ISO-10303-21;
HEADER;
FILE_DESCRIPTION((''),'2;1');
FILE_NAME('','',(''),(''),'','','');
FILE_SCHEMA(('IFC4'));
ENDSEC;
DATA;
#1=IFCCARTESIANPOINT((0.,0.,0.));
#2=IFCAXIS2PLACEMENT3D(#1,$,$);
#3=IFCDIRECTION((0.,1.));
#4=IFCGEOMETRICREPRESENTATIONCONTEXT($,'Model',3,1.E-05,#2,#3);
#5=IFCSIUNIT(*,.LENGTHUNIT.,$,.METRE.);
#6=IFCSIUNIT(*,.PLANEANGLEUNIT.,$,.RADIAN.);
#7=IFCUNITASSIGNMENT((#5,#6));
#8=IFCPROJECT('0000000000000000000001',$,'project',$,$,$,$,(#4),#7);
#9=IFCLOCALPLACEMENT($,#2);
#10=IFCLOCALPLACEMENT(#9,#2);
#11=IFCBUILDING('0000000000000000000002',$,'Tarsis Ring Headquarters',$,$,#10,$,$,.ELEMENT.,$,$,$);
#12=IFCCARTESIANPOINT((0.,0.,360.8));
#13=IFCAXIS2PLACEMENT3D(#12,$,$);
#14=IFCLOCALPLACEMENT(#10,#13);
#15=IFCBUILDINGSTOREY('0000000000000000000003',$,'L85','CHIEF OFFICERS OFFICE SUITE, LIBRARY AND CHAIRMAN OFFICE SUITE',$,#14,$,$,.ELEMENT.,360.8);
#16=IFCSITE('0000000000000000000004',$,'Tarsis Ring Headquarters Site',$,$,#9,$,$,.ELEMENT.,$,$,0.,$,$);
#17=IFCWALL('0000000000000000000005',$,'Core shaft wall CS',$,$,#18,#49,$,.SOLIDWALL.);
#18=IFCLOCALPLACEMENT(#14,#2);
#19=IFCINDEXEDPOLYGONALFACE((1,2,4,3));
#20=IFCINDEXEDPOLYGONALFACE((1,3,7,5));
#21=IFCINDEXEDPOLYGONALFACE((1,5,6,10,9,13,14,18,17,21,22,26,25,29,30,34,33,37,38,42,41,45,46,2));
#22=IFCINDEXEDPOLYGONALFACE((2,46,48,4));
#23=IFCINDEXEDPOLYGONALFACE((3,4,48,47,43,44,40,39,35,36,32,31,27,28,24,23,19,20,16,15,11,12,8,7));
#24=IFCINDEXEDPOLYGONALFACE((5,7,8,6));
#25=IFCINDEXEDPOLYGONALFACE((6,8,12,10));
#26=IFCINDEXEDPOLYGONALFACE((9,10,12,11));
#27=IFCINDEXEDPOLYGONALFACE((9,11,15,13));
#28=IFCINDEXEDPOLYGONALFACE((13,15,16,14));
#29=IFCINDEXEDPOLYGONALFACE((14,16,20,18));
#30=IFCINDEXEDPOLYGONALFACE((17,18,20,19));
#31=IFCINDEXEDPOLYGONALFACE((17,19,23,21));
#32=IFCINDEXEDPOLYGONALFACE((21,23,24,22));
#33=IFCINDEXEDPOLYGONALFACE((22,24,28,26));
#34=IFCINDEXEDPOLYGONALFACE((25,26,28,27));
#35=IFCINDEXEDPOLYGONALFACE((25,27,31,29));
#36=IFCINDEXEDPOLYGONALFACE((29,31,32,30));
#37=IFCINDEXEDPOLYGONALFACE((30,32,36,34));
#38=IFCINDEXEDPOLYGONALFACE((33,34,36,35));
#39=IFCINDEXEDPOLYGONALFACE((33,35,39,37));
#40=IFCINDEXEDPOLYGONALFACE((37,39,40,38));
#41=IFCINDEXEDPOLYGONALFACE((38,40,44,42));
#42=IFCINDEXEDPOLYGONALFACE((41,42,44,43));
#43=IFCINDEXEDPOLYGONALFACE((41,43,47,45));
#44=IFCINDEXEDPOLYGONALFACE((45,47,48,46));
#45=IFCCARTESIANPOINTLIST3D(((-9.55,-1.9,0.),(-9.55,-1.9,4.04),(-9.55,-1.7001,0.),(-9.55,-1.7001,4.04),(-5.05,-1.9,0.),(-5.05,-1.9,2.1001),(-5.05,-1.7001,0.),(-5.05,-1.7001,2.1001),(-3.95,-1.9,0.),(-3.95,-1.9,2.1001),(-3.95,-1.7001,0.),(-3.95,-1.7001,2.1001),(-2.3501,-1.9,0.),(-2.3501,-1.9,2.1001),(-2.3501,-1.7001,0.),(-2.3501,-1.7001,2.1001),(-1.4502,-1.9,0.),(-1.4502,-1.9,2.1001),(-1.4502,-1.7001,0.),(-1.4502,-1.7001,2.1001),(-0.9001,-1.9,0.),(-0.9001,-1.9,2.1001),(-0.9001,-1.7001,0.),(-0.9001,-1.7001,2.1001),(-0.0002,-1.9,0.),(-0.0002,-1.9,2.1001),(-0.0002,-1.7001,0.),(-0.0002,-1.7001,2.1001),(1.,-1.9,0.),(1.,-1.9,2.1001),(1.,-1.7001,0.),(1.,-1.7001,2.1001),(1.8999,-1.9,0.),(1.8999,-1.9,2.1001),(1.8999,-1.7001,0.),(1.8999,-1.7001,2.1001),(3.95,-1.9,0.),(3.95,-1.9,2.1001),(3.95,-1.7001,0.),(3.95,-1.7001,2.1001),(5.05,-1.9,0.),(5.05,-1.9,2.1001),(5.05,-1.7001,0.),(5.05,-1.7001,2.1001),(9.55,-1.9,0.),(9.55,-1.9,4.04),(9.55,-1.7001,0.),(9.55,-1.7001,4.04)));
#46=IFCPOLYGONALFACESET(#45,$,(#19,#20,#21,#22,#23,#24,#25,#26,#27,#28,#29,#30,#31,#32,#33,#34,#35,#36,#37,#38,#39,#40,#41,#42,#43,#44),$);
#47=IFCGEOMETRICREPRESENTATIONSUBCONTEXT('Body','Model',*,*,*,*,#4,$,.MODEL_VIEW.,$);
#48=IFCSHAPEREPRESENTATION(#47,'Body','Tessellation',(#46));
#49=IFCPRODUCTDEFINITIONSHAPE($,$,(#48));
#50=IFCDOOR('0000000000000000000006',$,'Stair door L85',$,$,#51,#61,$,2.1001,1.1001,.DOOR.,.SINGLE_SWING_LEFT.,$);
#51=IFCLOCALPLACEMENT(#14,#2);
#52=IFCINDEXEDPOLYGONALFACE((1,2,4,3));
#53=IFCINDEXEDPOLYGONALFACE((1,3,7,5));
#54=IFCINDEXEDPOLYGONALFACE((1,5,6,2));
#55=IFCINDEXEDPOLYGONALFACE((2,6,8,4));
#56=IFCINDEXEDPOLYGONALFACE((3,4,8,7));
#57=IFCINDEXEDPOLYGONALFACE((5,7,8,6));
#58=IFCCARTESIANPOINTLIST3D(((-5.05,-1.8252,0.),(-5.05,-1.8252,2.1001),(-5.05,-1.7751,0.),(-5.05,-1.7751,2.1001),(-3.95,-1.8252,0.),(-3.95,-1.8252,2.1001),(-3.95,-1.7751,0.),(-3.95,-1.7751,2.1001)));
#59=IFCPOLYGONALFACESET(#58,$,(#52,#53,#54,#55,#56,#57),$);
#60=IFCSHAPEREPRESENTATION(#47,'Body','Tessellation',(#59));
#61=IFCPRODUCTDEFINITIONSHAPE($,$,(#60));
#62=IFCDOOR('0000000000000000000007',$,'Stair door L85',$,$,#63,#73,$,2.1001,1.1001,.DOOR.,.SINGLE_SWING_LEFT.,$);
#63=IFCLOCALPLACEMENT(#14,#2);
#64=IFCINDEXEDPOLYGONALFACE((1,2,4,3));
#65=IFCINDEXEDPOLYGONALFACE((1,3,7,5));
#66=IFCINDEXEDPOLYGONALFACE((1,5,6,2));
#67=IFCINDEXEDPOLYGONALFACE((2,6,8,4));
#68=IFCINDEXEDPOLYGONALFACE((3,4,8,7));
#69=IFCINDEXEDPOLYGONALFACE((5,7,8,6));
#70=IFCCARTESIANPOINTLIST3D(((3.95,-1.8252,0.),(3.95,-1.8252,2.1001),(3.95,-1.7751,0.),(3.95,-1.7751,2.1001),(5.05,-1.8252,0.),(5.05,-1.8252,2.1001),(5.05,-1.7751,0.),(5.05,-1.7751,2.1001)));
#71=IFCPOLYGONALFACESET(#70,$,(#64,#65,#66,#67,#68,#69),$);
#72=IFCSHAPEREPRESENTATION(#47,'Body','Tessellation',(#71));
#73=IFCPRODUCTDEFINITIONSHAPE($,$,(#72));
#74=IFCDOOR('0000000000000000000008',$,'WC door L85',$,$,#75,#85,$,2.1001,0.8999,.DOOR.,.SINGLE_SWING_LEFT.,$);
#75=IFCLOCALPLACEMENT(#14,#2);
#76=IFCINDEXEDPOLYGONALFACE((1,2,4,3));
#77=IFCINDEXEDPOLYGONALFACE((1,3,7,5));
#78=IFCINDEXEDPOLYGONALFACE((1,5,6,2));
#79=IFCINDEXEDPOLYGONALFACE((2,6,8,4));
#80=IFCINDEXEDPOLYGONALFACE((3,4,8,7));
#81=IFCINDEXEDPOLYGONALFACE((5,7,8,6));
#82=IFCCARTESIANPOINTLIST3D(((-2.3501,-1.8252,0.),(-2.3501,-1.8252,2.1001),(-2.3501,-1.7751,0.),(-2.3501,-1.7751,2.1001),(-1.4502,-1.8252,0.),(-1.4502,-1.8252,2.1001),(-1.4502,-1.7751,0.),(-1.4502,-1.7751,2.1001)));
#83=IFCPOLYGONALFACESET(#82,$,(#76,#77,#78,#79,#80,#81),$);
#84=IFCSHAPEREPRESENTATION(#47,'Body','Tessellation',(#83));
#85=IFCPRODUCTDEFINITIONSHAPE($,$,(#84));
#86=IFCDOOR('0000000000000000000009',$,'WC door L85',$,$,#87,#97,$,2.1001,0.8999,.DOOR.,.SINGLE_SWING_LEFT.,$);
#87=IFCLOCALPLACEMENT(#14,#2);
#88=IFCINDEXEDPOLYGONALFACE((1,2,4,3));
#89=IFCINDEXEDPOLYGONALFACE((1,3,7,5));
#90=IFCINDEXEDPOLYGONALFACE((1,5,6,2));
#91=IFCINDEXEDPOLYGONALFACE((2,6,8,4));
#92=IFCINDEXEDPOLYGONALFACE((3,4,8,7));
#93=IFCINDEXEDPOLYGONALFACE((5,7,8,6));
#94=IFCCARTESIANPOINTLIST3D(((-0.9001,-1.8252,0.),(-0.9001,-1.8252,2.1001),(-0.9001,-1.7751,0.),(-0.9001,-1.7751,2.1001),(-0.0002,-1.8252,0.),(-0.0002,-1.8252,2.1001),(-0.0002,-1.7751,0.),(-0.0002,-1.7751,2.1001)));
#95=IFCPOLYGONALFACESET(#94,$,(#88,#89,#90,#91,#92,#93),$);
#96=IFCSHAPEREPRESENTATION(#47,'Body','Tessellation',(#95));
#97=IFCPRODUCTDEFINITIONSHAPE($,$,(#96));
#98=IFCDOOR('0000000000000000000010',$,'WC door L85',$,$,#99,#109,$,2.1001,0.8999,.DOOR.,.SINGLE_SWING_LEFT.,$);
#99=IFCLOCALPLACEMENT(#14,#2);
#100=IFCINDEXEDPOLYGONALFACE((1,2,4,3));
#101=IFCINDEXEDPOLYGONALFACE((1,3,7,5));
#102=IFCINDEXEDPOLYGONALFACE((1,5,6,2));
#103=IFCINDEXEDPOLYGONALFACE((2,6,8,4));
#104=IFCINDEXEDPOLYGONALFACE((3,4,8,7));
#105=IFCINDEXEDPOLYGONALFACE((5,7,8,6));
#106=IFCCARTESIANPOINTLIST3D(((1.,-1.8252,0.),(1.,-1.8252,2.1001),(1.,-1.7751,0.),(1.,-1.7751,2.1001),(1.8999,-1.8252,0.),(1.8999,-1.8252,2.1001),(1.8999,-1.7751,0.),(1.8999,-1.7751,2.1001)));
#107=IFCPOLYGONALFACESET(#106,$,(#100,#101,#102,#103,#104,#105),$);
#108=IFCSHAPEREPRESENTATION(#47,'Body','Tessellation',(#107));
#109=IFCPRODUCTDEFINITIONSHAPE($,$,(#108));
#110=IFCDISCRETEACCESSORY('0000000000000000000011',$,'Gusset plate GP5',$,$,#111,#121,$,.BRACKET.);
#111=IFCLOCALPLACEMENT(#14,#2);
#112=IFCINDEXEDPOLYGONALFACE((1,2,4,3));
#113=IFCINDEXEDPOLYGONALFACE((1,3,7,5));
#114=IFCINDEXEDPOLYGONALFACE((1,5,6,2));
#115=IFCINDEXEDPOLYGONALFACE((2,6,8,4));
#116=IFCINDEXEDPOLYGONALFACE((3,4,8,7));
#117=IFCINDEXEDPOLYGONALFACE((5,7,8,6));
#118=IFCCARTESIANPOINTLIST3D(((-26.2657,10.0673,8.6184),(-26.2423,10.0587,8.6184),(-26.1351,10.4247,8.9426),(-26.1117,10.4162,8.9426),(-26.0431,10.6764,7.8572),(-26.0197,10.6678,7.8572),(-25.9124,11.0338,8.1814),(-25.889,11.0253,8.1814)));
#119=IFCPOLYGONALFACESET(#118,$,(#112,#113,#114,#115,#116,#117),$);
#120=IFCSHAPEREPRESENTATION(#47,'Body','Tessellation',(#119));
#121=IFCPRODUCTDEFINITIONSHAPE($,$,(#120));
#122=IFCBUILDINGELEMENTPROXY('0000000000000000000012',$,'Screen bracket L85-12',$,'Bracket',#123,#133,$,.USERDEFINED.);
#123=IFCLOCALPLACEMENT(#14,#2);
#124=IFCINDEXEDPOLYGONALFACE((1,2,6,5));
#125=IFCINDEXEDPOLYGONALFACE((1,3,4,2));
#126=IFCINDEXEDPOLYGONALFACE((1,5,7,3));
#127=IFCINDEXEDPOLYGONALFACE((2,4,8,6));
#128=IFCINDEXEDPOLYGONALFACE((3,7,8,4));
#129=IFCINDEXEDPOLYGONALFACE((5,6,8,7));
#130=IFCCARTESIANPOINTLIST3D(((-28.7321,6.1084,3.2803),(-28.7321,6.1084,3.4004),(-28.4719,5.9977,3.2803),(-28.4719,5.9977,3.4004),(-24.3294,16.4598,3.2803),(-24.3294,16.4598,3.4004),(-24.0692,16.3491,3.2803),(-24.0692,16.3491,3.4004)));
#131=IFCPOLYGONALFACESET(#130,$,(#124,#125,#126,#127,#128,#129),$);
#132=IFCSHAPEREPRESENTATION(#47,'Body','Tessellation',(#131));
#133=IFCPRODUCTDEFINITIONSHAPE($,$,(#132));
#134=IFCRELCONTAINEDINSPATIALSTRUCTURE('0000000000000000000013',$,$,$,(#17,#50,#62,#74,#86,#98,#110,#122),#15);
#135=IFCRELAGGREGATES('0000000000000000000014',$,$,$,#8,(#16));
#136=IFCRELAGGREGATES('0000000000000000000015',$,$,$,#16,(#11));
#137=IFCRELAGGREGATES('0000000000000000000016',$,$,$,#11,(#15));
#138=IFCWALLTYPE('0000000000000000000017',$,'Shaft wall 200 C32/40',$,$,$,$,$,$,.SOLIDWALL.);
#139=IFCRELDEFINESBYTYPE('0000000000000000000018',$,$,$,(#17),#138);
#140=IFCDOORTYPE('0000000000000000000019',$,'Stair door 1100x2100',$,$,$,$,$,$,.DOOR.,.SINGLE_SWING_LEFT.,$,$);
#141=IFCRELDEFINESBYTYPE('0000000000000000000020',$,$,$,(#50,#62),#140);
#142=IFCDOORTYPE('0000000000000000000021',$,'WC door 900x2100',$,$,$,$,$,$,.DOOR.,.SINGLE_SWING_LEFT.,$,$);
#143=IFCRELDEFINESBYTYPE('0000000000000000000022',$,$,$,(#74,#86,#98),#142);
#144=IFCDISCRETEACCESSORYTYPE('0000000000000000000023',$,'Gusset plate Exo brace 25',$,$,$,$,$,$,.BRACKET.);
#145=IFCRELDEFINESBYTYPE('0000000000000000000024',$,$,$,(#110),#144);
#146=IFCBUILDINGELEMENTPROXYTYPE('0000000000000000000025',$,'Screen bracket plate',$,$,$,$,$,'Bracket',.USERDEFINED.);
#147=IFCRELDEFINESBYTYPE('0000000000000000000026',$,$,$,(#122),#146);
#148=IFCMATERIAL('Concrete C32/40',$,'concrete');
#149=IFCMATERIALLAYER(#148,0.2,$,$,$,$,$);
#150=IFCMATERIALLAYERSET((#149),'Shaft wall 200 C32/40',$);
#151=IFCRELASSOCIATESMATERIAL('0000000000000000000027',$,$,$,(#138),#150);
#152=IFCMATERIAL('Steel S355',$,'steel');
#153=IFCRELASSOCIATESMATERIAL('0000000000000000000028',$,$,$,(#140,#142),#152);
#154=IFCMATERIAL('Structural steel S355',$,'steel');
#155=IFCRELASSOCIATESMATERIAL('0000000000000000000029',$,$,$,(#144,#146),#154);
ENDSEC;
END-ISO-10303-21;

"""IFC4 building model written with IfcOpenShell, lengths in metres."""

from ifc_helpers import new_model, si_unit, direction, frame, frame_2d, origin, origin_2d, place, context, subcontext, project, spatial, rectangle, extrude, material, layer, layer_set, material_profile, profile_set, type_object, element, fill, save


model = new_model("IFC4")

# Units and contexts
model_context = context("Model", 3, precision=1e-05, world=origin(), true_north=direction((0.0, 1.0)))
body_context = subcontext(model_context, "Body", "Model", "MODEL_VIEW")
ifc_project = project(units=[si_unit("LENGTHUNIT", "METRE"), si_unit("PLANEANGLEUNIT", "RADIAN")], contexts=[model_context])

# Site, building, storey
site_placement = place(None, origin())
site = spatial("IfcSite", under=ifc_project, at=site_placement, Name="Tarsis Ring Headquarters Site", CompositionType="ELEMENT", RefElevation=0.0)
building_placement = place(site_placement, origin())
building = spatial("IfcBuilding", under=site, at=building_placement, Name="Tarsis Ring Headquarters", CompositionType="ELEMENT")
storey_placement = place(building_placement, frame((0.0, 0.0, 360.8)))
storey = spatial("IfcBuildingStorey", under=building, at=storey_placement, Name="L85", Description="CHIEF OFFICERS OFFICE SUITE, LIBRARY AND CHAIRMAN OFFICE SUITE", CompositionType="ELEMENT", Elevation=360.8)

# Wall, openings, doors
ifc_material_1 = material(Name="Concrete C32/40", Category="concrete")
ifc_layer_1 = layer(ifc_material_1, 0.2)
ifc_layer_set_1 = layer_set([ifc_layer_1], Name="Shaft wall 200 C32/40")
wall_type_1 = type_object("IfcWallType", Name="Shaft wall 200 C32/40", PredefinedType="SOLIDWALL", material=ifc_layer_set_1)
wall_1_placement = place(storey_placement, frame((-9.55, -1.8, 0.0), z_axis=(0.0, 0.0, 1.0), x_axis=(1.0, 0.0, 0.0)))
wall_1 = element("IfcWall", 1, at=wall_1_placement, inside=storey, type_object=wall_type_1, Name="Core shaft wall CS", PredefinedType="SOLIDWALL", context=body_context, shape_type="SweptSolid", body=[
    extrude(rectangle(XDim=19.1001, YDim=0.2, at=frame_2d((9.55, 0.0))), origin(), (0.0, 0.0, 1.0), 4.04),
])
opening_1_placement = place(wall_1_placement, frame((4.5, 0.0, 0.0)))
opening_1 = element("IfcOpeningElement", 2, at=opening_1_placement, cuts=wall_1, PredefinedType="OPENING", context=body_context, shape_type="SweptSolid", body=[
    extrude(rectangle(XDim=1.1001, YDim=2.1001, at=frame_2d((0.55, 1.05))), frame((0.0, 0.1099, 0.0), z_axis=(0.0, -1.0, 0.0), x_axis=(1.0, 0.0, 0.0)), (0.0, 0.0, 1.0), 0.22),
])
opening_2_placement = place(wall_1_placement, frame((7.2, 0.0, 0.0)))
opening_2 = element("IfcOpeningElement", 3, at=opening_2_placement, cuts=wall_1, PredefinedType="OPENING", context=body_context, shape_type="SweptSolid", body=[
    extrude(rectangle(XDim=0.8999, YDim=2.1001, at=frame_2d((0.45, 1.05))), frame((0.0, 0.1099, 0.0), z_axis=(0.0, -1.0, 0.0), x_axis=(1.0, 0.0, 0.0)), (0.0, 0.0, 1.0), 0.22),
])
opening_3_placement = place(wall_1_placement, frame((8.6499, 0.0, 0.0)))
opening_3 = element("IfcOpeningElement", 4, at=opening_3_placement, cuts=wall_1, PredefinedType="OPENING", context=body_context, shape_type="SweptSolid", body=[
    extrude(rectangle(XDim=0.8999, YDim=2.1001, at=frame_2d((0.45, 1.05))), frame((0.0, 0.1099, 0.0), z_axis=(0.0, -1.0, 0.0), x_axis=(1.0, 0.0, 0.0)), (0.0, 0.0, 1.0), 0.22),
])
opening_4_placement = place(wall_1_placement, frame((10.55, 0.0, 0.0)))
opening_4 = element("IfcOpeningElement", 5, at=opening_4_placement, cuts=wall_1, PredefinedType="OPENING", context=body_context, shape_type="SweptSolid", body=[
    extrude(rectangle(XDim=0.8999, YDim=2.1001, at=frame_2d((0.45, 1.05))), frame((0.0, 0.1099, 0.0), z_axis=(0.0, -1.0, 0.0), x_axis=(1.0, 0.0, 0.0)), (0.0, 0.0, 1.0), 0.22),
])
opening_5_placement = place(wall_1_placement, frame((13.5, 0.0, 0.0)))
opening_5 = element("IfcOpeningElement", 6, at=opening_5_placement, cuts=wall_1, PredefinedType="OPENING", context=body_context, shape_type="SweptSolid", body=[
    extrude(rectangle(XDim=1.1001, YDim=2.1001, at=frame_2d((0.55, 1.05))), frame((0.0, 0.1099, 0.0), z_axis=(0.0, -1.0, 0.0), x_axis=(1.0, 0.0, 0.0)), (0.0, 0.0, 1.0), 0.22),
])
ifc_material_2 = material(Name="Steel S355", Category="steel")
door_type_1 = type_object("IfcDoorType", Name="Stair door 1100x2100", OperationType="SINGLE_SWING_LEFT", PredefinedType="DOOR", material=ifc_material_2)
door_1_placement = place(opening_1_placement, origin())
door_1 = element("IfcDoor", 7, at=door_1_placement, inside=storey, type_object=door_type_1, Name="Stair door L85", OperationType="SINGLE_SWING_LEFT", OverallHeight=2.1001, OverallWidth=1.1001, PredefinedType="DOOR", context=body_context, shape_type="SweptSolid", body=[
    extrude(rectangle(XDim=1.1001, YDim=2.1001, at=frame_2d((0.55, 1.05))), frame((0.0, 0.0249, 0.0), z_axis=(0.0, -1.0, 0.0), x_axis=(1.0, 0.0, 0.0)), (0.0, 0.0, 1.0), 0.05),
])
fill(opening_1, door_1)
door_2_placement = place(opening_5_placement, origin())
door_2 = element("IfcDoor", 8, at=door_2_placement, inside=storey, type_object=door_type_1, Name="Stair door L85", OperationType="SINGLE_SWING_LEFT", OverallHeight=2.1001, OverallWidth=1.1001, PredefinedType="DOOR", context=body_context, shape_type="SweptSolid", body=[
    extrude(rectangle(XDim=1.1001, YDim=2.1001, at=frame_2d((0.55, 1.05))), frame((0.0, 0.0249, 0.0), z_axis=(0.0, -1.0, 0.0), x_axis=(1.0, 0.0, 0.0)), (0.0, 0.0, 1.0), 0.05),
])
fill(opening_5, door_2)
door_type_2 = type_object("IfcDoorType", Name="WC door 900x2100", OperationType="SINGLE_SWING_LEFT", PredefinedType="DOOR", material=ifc_material_2)
door_3_placement = place(opening_2_placement, origin())
door_3 = element("IfcDoor", 9, at=door_3_placement, inside=storey, type_object=door_type_2, Name="WC door L85", OperationType="SINGLE_SWING_LEFT", OverallHeight=2.1001, OverallWidth=0.8999, PredefinedType="DOOR", context=body_context, shape_type="SweptSolid", body=[
    extrude(rectangle(XDim=0.8999, YDim=2.1001, at=frame_2d((0.45, 1.05))), frame((0.0, 0.0249, 0.0), z_axis=(0.0, -1.0, 0.0), x_axis=(1.0, 0.0, 0.0)), (0.0, 0.0, 1.0), 0.05),
])
fill(opening_2, door_3)
door_4_placement = place(opening_3_placement, origin())
door_4 = element("IfcDoor", 10, at=door_4_placement, inside=storey, type_object=door_type_2, Name="WC door L85", OperationType="SINGLE_SWING_LEFT", OverallHeight=2.1001, OverallWidth=0.8999, PredefinedType="DOOR", context=body_context, shape_type="SweptSolid", body=[
    extrude(rectangle(XDim=0.8999, YDim=2.1001, at=frame_2d((0.45, 1.05))), frame((0.0, 0.0249, 0.0), z_axis=(0.0, -1.0, 0.0), x_axis=(1.0, 0.0, 0.0)), (0.0, 0.0, 1.0), 0.05),
])
fill(opening_3, door_4)
door_5_placement = place(opening_4_placement, origin())
door_5 = element("IfcDoor", 11, at=door_5_placement, inside=storey, type_object=door_type_2, Name="WC door L85", OperationType="SINGLE_SWING_LEFT", OverallHeight=2.1001, OverallWidth=0.8999, PredefinedType="DOOR", context=body_context, shape_type="SweptSolid", body=[
    extrude(rectangle(XDim=0.8999, YDim=2.1001, at=frame_2d((0.45, 1.05))), frame((0.0, 0.0249, 0.0), z_axis=(0.0, -1.0, 0.0), x_axis=(1.0, 0.0, 0.0)), (0.0, 0.0, 1.0), 0.05),
])
fill(opening_4, door_5)

# Discrete accessory
ifc_material_3 = material(Name="Structural steel S355", Category="steel")
ifc_material_profile_1 = material_profile(ifc_material_3, rectangle(XDim=0.0249, YDim=0.5, at=origin_2d()), Name="PL 25x500")
ifc_profile_set_1 = profile_set([ifc_material_profile_1], Name="Structural steel S355")
discrete_accessory_type = type_object("IfcDiscreteAccessoryType", Name="Gusset plate Exo brace 25", PredefinedType="BRACKET", material=ifc_profile_set_1)
discrete_accessory_placement = place(storey_placement, frame((-25.9661, 10.8508, 8.0193), z_axis=(-0.222646, -0.609104, 0.761197), x_axis=(0.939221, -0.343314, 0.0)))
element("IfcDiscreteAccessory", 12, at=discrete_accessory_placement, inside=storey, type_object=discrete_accessory_type, Name="Gusset plate GP5", PredefinedType="BRACKET", context=body_context, shape_type="SweptSolid", body=[
    extrude(rectangle(XDim=0.0249, YDim=0.5, at=origin_2d()), origin(), (0.0, 0.0, 1.0), 1.0),
])

# Building element proxy
building_element_proxy_type = type_object("IfcBuildingElementProxyType", Name="Screen bracket plate", ElementType="Bracket", PredefinedType="USERDEFINED", material=ifc_material_3)
proxy_placement = place(storey_placement, frame((-26.4006, 11.2288, 3.2803), z_axis=(0.0, 0.0, 1.0), x_axis=(-0.391394, -0.920223, 0.0)))
element("IfcBuildingElementProxy", 13, at=proxy_placement, inside=storey, type_object=building_element_proxy_type, Name="Screen bracket L85-12", ObjectType="Bracket", PredefinedType="USERDEFINED", context=body_context, shape_type="SweptSolid", body=[
    extrude(rectangle(XDim=11.2488, YDim=0.2827, at=origin_2d()), origin(), (0.0, 0.0, 1.0), 0.1201),
])

save(model, "model.ifc")
